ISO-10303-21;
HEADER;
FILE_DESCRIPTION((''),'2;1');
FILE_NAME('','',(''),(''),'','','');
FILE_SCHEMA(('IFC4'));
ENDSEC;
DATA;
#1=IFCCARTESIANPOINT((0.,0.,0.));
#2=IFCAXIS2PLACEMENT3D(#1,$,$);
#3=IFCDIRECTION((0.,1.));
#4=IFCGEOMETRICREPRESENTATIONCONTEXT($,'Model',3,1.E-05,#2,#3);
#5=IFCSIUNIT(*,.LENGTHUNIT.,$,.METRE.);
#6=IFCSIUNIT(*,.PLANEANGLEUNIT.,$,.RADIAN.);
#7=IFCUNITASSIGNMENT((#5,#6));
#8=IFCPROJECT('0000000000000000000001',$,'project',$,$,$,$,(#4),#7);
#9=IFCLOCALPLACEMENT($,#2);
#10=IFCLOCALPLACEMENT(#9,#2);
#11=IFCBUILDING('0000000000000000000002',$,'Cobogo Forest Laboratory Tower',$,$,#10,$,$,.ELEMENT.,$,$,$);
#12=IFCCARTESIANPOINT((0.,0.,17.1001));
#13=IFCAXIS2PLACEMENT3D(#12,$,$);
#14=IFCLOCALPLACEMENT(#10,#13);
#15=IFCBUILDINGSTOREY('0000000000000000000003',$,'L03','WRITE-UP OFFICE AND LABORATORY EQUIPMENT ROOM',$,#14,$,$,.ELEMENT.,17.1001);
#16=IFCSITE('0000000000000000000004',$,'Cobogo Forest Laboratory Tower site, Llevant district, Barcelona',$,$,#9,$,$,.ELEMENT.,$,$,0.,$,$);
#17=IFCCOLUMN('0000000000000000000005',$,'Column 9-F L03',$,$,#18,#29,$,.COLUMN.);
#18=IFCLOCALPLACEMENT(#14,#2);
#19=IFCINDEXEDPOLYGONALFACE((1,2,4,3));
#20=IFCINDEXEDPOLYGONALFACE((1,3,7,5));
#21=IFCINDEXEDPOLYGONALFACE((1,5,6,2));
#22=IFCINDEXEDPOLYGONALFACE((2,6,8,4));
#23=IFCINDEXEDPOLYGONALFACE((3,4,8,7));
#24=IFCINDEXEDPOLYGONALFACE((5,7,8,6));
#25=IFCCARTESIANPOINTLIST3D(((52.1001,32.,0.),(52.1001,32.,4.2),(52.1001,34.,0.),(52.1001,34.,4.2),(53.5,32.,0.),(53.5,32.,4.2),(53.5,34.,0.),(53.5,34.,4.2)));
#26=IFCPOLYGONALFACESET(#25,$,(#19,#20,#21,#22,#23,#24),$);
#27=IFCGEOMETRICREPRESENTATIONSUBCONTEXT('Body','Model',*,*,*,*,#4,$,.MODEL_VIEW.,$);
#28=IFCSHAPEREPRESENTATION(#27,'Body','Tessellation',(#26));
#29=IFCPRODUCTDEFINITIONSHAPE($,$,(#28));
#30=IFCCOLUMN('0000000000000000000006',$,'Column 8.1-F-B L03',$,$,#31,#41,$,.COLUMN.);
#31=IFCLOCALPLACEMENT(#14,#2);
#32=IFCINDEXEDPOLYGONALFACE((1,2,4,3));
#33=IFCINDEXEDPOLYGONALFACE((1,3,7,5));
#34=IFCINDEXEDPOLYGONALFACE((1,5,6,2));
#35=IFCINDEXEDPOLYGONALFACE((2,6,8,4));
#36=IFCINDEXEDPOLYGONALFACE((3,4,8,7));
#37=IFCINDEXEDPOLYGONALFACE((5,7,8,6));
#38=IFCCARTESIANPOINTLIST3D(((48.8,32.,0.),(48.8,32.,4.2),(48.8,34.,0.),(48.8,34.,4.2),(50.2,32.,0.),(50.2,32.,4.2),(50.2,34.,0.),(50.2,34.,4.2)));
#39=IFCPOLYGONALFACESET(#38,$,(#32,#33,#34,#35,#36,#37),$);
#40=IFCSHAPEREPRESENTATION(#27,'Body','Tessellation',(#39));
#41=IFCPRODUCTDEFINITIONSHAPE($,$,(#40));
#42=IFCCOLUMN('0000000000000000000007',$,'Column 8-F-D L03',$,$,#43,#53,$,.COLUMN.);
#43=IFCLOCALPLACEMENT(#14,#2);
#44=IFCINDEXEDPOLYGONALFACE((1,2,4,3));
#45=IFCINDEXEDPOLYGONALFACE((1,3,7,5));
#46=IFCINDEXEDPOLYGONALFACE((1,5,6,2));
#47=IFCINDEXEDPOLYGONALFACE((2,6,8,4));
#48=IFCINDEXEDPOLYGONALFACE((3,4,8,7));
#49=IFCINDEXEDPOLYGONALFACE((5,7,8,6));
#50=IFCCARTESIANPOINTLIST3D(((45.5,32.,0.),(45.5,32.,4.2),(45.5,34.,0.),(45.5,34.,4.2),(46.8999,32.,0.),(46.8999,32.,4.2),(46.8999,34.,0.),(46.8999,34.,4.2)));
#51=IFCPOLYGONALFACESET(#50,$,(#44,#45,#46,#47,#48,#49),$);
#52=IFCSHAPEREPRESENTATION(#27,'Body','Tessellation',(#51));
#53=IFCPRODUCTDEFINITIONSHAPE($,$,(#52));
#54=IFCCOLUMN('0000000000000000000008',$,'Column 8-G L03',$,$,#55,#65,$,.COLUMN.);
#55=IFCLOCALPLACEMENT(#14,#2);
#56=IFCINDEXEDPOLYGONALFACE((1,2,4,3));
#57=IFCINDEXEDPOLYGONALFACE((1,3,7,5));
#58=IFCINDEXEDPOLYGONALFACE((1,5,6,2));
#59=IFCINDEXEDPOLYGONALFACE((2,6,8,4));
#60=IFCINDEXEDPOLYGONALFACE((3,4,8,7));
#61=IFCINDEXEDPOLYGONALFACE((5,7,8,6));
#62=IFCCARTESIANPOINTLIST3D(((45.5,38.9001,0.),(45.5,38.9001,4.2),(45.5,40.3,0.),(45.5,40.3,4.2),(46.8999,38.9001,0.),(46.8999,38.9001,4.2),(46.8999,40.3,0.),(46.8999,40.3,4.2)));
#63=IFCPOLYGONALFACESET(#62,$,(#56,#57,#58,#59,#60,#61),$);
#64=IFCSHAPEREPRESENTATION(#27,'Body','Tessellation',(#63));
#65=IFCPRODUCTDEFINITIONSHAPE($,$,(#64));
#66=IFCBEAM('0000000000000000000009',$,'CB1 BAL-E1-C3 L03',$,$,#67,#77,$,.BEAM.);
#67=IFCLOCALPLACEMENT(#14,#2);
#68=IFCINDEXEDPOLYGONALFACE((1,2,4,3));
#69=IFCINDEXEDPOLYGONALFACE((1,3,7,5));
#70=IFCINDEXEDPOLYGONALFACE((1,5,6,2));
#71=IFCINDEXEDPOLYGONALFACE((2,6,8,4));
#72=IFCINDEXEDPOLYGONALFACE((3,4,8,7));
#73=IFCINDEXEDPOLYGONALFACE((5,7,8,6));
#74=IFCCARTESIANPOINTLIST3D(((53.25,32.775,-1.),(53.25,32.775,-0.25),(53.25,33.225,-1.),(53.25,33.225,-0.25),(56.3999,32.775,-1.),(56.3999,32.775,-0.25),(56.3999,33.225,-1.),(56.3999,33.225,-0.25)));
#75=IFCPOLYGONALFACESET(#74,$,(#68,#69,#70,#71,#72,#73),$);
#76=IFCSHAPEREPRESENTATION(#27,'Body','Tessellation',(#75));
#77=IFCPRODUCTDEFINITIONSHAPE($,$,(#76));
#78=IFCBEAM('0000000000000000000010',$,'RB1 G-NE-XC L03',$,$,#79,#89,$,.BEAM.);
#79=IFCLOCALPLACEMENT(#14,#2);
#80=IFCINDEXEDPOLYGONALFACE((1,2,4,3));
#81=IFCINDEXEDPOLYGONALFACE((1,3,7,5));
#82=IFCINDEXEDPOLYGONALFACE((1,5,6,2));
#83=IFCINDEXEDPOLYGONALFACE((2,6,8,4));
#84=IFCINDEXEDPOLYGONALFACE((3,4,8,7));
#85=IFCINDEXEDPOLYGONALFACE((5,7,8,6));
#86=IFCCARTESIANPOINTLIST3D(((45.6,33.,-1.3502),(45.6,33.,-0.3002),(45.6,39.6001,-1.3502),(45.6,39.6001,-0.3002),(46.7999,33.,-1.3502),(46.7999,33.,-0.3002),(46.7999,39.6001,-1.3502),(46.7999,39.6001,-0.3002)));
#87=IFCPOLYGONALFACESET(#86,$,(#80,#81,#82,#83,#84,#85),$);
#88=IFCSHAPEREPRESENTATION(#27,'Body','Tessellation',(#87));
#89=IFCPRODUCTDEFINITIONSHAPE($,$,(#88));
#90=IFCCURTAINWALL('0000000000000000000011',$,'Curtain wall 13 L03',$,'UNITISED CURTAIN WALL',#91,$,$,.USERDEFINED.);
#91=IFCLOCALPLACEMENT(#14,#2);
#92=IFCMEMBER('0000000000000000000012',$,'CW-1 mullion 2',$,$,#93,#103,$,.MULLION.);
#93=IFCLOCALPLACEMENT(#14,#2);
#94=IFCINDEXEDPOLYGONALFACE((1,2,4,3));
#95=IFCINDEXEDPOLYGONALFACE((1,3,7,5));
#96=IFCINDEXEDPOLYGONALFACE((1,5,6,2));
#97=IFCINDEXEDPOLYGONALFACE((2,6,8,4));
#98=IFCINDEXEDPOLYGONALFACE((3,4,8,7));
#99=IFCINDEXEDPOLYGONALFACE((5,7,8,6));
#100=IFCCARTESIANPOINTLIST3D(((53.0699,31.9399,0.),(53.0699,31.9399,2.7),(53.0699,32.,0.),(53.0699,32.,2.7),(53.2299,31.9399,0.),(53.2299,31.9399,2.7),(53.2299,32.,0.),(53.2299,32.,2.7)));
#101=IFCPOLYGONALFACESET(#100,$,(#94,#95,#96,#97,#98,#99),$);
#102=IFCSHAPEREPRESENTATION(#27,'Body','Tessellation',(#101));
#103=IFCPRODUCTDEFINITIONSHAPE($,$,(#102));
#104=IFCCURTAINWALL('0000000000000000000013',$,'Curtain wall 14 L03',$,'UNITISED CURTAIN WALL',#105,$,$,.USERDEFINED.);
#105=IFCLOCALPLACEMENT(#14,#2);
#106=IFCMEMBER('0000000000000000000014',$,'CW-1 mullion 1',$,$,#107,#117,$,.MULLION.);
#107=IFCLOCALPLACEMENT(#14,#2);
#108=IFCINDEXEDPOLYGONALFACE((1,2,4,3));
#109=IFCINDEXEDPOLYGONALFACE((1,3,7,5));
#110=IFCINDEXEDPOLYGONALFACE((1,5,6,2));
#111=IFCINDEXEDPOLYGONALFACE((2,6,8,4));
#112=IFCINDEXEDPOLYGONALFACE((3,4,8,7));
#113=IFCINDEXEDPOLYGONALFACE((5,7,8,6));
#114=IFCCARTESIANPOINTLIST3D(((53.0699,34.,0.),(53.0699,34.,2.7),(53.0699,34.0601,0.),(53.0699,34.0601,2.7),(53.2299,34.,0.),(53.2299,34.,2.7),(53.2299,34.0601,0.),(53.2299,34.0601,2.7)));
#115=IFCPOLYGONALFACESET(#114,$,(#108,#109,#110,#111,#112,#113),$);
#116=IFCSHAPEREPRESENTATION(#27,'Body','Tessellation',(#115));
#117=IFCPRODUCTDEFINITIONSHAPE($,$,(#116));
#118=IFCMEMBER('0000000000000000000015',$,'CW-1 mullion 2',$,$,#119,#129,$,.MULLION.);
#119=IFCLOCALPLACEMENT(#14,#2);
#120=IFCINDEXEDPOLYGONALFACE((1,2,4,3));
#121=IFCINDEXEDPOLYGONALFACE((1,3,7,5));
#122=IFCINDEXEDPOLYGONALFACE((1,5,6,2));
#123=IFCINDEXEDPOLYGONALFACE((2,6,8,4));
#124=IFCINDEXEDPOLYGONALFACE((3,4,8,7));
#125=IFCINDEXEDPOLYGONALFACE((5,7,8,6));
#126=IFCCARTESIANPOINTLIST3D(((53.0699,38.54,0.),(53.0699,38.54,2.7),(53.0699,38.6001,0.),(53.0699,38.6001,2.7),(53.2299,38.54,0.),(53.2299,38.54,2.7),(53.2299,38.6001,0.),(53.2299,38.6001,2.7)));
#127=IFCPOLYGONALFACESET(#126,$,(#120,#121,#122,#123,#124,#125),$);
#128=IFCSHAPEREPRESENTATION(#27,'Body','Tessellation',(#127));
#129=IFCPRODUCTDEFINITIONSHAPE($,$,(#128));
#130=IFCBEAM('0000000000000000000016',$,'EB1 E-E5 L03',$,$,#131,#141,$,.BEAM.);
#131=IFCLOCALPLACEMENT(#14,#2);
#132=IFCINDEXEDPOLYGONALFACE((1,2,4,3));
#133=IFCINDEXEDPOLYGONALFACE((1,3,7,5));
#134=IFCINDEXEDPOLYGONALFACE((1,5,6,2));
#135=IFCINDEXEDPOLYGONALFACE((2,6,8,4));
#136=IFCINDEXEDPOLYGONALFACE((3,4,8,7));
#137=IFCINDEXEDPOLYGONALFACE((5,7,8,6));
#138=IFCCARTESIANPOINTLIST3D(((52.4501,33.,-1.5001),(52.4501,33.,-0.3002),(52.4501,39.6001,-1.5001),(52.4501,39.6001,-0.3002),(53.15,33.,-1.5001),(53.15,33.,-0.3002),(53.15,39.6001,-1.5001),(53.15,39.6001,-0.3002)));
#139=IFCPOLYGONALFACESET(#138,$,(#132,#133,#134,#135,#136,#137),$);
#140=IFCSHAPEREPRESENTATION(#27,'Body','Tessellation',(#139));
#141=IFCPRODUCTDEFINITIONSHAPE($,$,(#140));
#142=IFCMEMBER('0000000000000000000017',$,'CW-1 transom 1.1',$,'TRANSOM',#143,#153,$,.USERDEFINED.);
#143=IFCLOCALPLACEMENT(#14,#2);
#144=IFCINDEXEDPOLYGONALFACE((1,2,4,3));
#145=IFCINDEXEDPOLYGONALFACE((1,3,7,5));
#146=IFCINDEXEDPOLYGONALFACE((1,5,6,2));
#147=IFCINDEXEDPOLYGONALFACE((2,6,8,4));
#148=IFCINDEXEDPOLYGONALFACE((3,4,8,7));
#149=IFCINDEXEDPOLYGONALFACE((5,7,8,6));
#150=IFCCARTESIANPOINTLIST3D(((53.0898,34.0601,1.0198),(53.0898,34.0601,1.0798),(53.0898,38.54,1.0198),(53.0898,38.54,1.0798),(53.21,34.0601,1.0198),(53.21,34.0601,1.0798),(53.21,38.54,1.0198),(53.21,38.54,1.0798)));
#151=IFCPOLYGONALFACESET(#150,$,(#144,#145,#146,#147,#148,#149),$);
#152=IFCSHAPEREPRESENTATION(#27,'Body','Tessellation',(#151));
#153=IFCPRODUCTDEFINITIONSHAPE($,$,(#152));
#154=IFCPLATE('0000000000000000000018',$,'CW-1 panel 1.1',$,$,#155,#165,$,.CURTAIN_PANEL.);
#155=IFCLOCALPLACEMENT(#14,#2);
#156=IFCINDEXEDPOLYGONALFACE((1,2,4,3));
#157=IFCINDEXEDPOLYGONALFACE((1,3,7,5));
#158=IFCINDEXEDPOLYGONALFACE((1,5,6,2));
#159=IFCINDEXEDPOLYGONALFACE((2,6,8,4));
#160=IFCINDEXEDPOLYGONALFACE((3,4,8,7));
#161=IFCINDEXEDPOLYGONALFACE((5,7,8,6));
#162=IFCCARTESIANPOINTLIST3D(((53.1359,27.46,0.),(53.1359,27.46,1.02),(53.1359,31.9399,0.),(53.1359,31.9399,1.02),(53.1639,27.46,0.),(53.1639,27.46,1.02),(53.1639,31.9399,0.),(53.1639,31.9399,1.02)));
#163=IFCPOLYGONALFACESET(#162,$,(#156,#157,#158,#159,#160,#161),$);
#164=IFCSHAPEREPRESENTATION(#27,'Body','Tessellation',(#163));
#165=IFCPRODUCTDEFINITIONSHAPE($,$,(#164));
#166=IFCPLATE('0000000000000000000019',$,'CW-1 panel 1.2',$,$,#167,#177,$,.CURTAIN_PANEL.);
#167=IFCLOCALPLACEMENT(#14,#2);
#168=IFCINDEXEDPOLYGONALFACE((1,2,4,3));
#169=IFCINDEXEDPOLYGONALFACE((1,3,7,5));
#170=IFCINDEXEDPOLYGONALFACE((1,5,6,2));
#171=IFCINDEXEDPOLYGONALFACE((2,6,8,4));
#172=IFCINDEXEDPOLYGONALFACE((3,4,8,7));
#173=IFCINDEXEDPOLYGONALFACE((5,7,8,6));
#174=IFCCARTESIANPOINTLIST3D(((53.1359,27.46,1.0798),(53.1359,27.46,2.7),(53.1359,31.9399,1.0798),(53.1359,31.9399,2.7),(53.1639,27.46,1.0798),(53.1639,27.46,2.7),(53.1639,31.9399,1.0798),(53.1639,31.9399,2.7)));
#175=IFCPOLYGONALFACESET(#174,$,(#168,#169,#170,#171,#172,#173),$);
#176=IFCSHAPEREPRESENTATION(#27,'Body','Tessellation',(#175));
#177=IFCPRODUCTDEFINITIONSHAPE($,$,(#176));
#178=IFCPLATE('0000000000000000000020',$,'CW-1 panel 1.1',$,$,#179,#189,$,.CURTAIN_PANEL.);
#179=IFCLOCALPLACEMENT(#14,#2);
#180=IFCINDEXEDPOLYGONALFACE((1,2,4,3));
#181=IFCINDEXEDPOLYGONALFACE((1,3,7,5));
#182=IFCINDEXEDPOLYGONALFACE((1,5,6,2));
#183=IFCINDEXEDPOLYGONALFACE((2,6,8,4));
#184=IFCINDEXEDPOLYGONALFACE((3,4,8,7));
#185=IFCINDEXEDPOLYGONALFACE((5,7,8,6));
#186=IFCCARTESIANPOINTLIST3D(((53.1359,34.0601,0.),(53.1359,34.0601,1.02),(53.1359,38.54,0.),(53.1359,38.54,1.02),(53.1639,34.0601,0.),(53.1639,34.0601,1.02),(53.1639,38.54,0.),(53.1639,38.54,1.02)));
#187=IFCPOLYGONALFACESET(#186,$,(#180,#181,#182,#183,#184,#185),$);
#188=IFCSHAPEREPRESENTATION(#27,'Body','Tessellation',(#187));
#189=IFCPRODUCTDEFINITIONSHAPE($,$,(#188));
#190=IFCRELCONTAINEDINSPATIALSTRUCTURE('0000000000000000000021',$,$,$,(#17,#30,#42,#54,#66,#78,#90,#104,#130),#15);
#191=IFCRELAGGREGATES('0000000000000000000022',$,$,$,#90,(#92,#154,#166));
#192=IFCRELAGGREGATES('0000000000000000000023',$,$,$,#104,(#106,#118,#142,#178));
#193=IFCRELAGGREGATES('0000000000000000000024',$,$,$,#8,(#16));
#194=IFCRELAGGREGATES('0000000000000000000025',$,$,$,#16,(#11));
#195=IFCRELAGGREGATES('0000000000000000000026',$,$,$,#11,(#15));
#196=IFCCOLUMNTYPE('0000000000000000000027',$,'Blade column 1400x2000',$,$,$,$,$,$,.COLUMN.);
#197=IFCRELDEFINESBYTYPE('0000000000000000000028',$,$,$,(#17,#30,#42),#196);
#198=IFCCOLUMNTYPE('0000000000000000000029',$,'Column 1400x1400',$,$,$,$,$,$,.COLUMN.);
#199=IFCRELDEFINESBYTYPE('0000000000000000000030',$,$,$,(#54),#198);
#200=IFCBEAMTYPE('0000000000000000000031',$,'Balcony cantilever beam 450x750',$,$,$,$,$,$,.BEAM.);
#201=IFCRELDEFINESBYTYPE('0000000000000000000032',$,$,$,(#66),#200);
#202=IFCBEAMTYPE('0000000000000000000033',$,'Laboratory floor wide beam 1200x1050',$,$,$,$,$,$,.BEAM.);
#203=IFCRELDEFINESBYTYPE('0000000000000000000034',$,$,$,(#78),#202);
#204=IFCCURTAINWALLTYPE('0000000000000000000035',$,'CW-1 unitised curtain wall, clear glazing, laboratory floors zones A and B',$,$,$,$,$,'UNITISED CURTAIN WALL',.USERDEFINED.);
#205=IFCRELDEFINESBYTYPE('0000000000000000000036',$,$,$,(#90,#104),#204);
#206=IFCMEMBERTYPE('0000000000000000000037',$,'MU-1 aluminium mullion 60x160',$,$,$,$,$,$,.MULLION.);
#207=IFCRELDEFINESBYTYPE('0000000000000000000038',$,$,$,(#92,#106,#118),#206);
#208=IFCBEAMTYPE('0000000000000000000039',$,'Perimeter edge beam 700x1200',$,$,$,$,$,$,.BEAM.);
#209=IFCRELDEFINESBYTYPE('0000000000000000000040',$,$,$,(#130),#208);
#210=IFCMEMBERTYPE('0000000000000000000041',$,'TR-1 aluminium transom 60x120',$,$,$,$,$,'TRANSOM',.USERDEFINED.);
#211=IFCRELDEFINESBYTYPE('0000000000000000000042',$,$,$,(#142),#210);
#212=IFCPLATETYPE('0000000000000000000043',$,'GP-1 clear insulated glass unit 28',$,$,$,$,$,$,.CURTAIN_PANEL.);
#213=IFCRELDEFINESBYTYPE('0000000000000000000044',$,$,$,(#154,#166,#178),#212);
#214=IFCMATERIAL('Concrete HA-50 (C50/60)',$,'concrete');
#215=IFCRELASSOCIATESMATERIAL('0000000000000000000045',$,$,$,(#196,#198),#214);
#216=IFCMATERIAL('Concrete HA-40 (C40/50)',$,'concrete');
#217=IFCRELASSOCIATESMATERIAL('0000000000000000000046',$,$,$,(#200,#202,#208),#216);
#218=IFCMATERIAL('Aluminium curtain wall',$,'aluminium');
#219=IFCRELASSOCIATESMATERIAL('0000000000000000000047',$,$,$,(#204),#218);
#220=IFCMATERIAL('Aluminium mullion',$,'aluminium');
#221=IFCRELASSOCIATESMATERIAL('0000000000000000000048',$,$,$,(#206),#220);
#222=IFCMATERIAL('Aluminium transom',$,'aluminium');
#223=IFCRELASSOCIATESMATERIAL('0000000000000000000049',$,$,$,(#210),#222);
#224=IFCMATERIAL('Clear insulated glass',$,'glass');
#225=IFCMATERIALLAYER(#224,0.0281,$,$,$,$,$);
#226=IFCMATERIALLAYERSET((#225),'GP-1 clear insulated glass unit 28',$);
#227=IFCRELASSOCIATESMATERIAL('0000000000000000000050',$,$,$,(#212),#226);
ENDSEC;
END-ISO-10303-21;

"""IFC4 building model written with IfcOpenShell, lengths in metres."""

from ifc_helpers import new_model, si_unit, direction, frame, origin, origin_2d, place, context, subcontext, project, spatial, rectangle, extrude, material, layer, layer_set, material_profile, profile_set, type_object, element, aggregate, save


model = new_model("IFC4")

# Units and contexts
model_context = context("Model", 3, precision=1e-05, world=origin(), true_north=direction((0.0, 1.0)))
body_context = subcontext(model_context, "Body", "Model", "MODEL_VIEW")
ifc_project = project(units=[si_unit("LENGTHUNIT", "METRE"), si_unit("PLANEANGLEUNIT", "RADIAN")], contexts=[model_context])

# Site, building, storey
site_placement = place(None, origin())
site = spatial("IfcSite", under=ifc_project, at=site_placement, Name="Cobogo Forest Laboratory Tower site, Llevant district, Barcelona", CompositionType="ELEMENT", RefElevation=0.0)
building_placement = place(site_placement, origin())
building = spatial("IfcBuilding", under=site, at=building_placement, Name="Cobogo Forest Laboratory Tower", CompositionType="ELEMENT")
storey_placement = place(building_placement, frame((0.0, 0.0, 17.1001)))
storey = spatial("IfcBuildingStorey", under=building, at=storey_placement, Name="L03", Description="WRITE-UP OFFICE AND LABORATORY EQUIPMENT ROOM", CompositionType="ELEMENT", Elevation=17.1001)

# Columns
ifc_material_1 = material(Name="Concrete HA-50 (C50/60)", Category="concrete")
ifc_material_profile_1 = material_profile(ifc_material_1, rectangle(XDim=2.0, YDim=1.3999, at=origin_2d()), Name="RC 1400x2000")
ifc_profile_set_1 = profile_set([ifc_material_profile_1], Name="Concrete HA-50 (C50/60)")
column_type_1 = type_object("IfcColumnType", Name="Blade column 1400x2000", PredefinedType="COLUMN", material=ifc_profile_set_1)
for number, where, z_axis, x_axis, name in (
    (1, (52.8, 33.0, 0.0), (0.0, 0.0, 1.0), (0.0, 1.0, 0.0), "Column 9-F L03"),
    (2, (49.5, 33.0, 0.0), (0.0, 0.0, 1.0), (0.0, 1.0, 0.0), "Column 8.1-F-B L03"),
    (3, (46.2, 33.0, 0.0), (0.0, 0.0, 1.0), (0.0, 1.0, 0.0), "Column 8-F-D L03"),
):
    element("IfcColumn", number, at=place(storey_placement, frame(where, z_axis=z_axis, x_axis=x_axis)), inside=storey, type_object=column_type_1, Name=name, PredefinedType="COLUMN", context=body_context, shape_type="SweptSolid", body=[
        extrude(rectangle(XDim=2.0, YDim=1.3999, at=origin_2d()), origin(), (0.0, 0.0, 1.0), 4.2),
    ])
ifc_material_profile_2 = material_profile(ifc_material_1, rectangle(XDim=1.3999, YDim=1.3999, at=origin_2d()), Name="RC 1400x1400")
ifc_profile_set_2 = profile_set([ifc_material_profile_2], Name="Concrete HA-50 (C50/60)")
column_type_2 = type_object("IfcColumnType", Name="Column 1400x1400", PredefinedType="COLUMN", material=ifc_profile_set_2)
column_placement = place(storey_placement, frame((46.2, 39.6001, 0.0), z_axis=(0.0, 0.0, 1.0), x_axis=(1.0, 0.0, 0.0)))
element("IfcColumn", 4, at=column_placement, inside=storey, type_object=column_type_2, Name="Column 8-G L03", PredefinedType="COLUMN", context=body_context, shape_type="SweptSolid", body=[
    extrude(rectangle(XDim=1.3999, YDim=1.3999, at=origin_2d()), origin(), (0.0, 0.0, 1.0), 4.2),
])

# Beams
ifc_material_2 = material(Name="Concrete HA-40 (C40/50)", Category="concrete")
ifc_material_profile_3 = material_profile(ifc_material_2, rectangle(XDim=0.45, YDim=0.75, at=origin_2d()), Name="RC 450x750")
ifc_profile_set_3 = profile_set([ifc_material_profile_3], Name="Concrete HA-40 (C40/50)")
beam_type_1 = type_object("IfcBeamType", Name="Balcony cantilever beam 450x750", PredefinedType="BEAM", material=ifc_profile_set_3)
beam_1_placement = place(storey_placement, frame((53.25, 33.0, -0.625), z_axis=(1.0, 0.0, 0.0), x_axis=(0.0, 1.0, 0.0)))
element("IfcBeam", 5, at=beam_1_placement, inside=storey, type_object=beam_type_1, Name="CB1 BAL-E1-C3 L03", PredefinedType="BEAM", context=body_context, shape_type="SweptSolid", body=[
    extrude(rectangle(XDim=0.45, YDim=0.75, at=origin_2d()), origin(), (0.0, 0.0, 1.0), 3.1499),
])
ifc_material_profile_4 = material_profile(ifc_material_2, rectangle(XDim=1.2, YDim=1.05, at=origin_2d()), Name="RC 1200x1050")
ifc_profile_set_4 = profile_set([ifc_material_profile_4], Name="Concrete HA-40 (C40/50)")
beam_type_2 = type_object("IfcBeamType", Name="Laboratory floor wide beam 1200x1050", PredefinedType="BEAM", material=ifc_profile_set_4)
beam_2_placement = place(storey_placement, frame((46.2, 39.6001, -0.8252), z_axis=(0.0, -1.0, 0.0), x_axis=(1.0, 0.0, 0.0)))
element("IfcBeam", 6, at=beam_2_placement, inside=storey, type_object=beam_type_2, Name="RB1 G-NE-XC L03", PredefinedType="BEAM", context=body_context, shape_type="SweptSolid", body=[
    extrude(rectangle(XDim=1.2, YDim=1.05, at=origin_2d()), origin(), (0.0, 0.0, 1.0), 6.6001),
])

# Curtain wall, member
ifc_material_3 = material(Name="Aluminium curtain wall", Category="aluminium")
curtain_wall_type = type_object("IfcCurtainWallType", Name="CW-1 unitised curtain wall, clear glazing, laboratory floors zones A and B", ElementType="UNITISED CURTAIN WALL", PredefinedType="USERDEFINED", material=ifc_material_3)
curtain_wall_1_placement = place(storey_placement, origin())
curtain_wall_1 = element("IfcCurtainWall", 7, at=curtain_wall_1_placement, inside=storey, type_object=curtain_wall_type, Name="Curtain wall 13 L03", ObjectType="UNITISED CURTAIN WALL", PredefinedType="USERDEFINED")
ifc_material_4 = material(Name="Aluminium mullion", Category="aluminium")
ifc_material_profile_5 = material_profile(ifc_material_4, rectangle(XDim=0.0601, YDim=0.1599, at=origin_2d()), Name="AL 60x160")
ifc_profile_set_5 = profile_set([ifc_material_profile_5], Name="Aluminium mullion")
member_type_1 = type_object("IfcMemberType", Name="MU-1 aluminium mullion 60x160", PredefinedType="MULLION", material=ifc_profile_set_5)
member_1_placement = place(storey_placement, frame((53.1499, 31.97, 0.0), z_axis=(0.0, 0.0, 1.0), x_axis=(0.0, 1.0, 0.0)))
member_1 = element("IfcMember", 8, at=member_1_placement, type_object=member_type_1, Name="CW-1 mullion 2", PredefinedType="MULLION", context=body_context, shape_type="SweptSolid", body=[
    extrude(rectangle(XDim=0.0601, YDim=0.1599, at=origin_2d()), origin(), (0.0, 0.0, 1.0), 2.7),
])

# Curtain wall, members
curtain_wall_2_placement = place(storey_placement, origin())
curtain_wall_2 = element("IfcCurtainWall", 9, at=curtain_wall_2_placement, inside=storey, type_object=curtain_wall_type, Name="Curtain wall 14 L03", ObjectType="UNITISED CURTAIN WALL", PredefinedType="USERDEFINED")
member_2_placement = place(storey_placement, frame((53.1499, 34.03, 0.0), z_axis=(0.0, 0.0, 1.0), x_axis=(0.0, 1.0, 0.0)))
member_2 = element("IfcMember", 10, at=member_2_placement, type_object=member_type_1, Name="CW-1 mullion 1", PredefinedType="MULLION", context=body_context, shape_type="SweptSolid", body=[
    extrude(rectangle(XDim=0.0601, YDim=0.1599, at=origin_2d()), origin(), (0.0, 0.0, 1.0), 2.7),
])
member_3_placement = place(storey_placement, frame((53.1499, 38.5701, 0.0), z_axis=(0.0, 0.0, 1.0), x_axis=(0.0, 1.0, 0.0)))
member_3 = element("IfcMember", 11, at=member_3_placement, type_object=member_type_1, Name="CW-1 mullion 2", PredefinedType="MULLION", context=body_context, shape_type="SweptSolid", body=[
    extrude(rectangle(XDim=0.0601, YDim=0.1599, at=origin_2d()), origin(), (0.0, 0.0, 1.0), 2.7),
])

# Beam
ifc_material_profile_6 = material_profile(ifc_material_2, rectangle(XDim=0.7, YDim=1.2, at=origin_2d()), Name="RC 700x1200")
ifc_profile_set_6 = profile_set([ifc_material_profile_6], Name="Concrete HA-40 (C40/50)")
beam_type_3 = type_object("IfcBeamType", Name="Perimeter edge beam 700x1200", PredefinedType="BEAM", material=ifc_profile_set_6)
beam_3_placement = place(storey_placement, frame((52.8, 33.0, -0.9001), z_axis=(0.0, 1.0, 0.0), x_axis=(-1.0, 0.0, 0.0)))
element("IfcBeam", 12, at=beam_3_placement, inside=storey, type_object=beam_type_3, Name="EB1 E-E5 L03", PredefinedType="BEAM", context=body_context, shape_type="SweptSolid", body=[
    extrude(rectangle(XDim=0.7, YDim=1.2, at=origin_2d()), origin(), (0.0, 0.0, 1.0), 6.6001),
])

# Member
ifc_material_5 = material(Name="Aluminium transom", Category="aluminium")
ifc_material_profile_7 = material_profile(ifc_material_5, rectangle(XDim=0.1201, YDim=0.0601, at=origin_2d()), Name="AL 60x120")
ifc_profile_set_7 = profile_set([ifc_material_profile_7], Name="Aluminium transom")
member_type_2 = type_object("IfcMemberType", Name="TR-1 aluminium transom 60x120", ElementType="TRANSOM", PredefinedType="USERDEFINED", material=ifc_profile_set_7)
member_4_placement = place(storey_placement, frame((53.1499, 34.0601, 1.0498), z_axis=(0.0, 1.0, 0.0), x_axis=(-1.0, 0.0, 0.0)))
member_4 = element("IfcMember", 13, at=member_4_placement, type_object=member_type_2, Name="CW-1 transom 1.1", ObjectType="TRANSOM", PredefinedType="USERDEFINED", context=body_context, shape_type="SweptSolid", body=[
    extrude(rectangle(XDim=0.1201, YDim=0.0601, at=origin_2d()), origin(), (0.0, 0.0, 1.0), 4.48),
])

# Plates
ifc_material_6 = material(Name="Clear insulated glass", Category="glass")
ifc_layer_1 = layer(ifc_material_6, 0.0281)
ifc_layer_set_1 = layer_set([ifc_layer_1], Name="GP-1 clear insulated glass unit 28")
plate_type_1 = type_object("IfcPlateType", Name="GP-1 clear insulated glass unit 28", PredefinedType="CURTAIN_PANEL", material=ifc_layer_set_1)
plate_1_placement = place(storey_placement, frame((53.1499, 29.7, 0.0), z_axis=(0.0, 0.0, 1.0), x_axis=(0.0, 1.0, 0.0)))
plate_1 = element("IfcPlate", 14, at=plate_1_placement, type_object=plate_type_1, Name="CW-1 panel 1.1", PredefinedType="CURTAIN_PANEL", context=body_context, shape_type="SweptSolid", body=[
    extrude(rectangle(XDim=4.48, YDim=0.0281, at=origin_2d()), origin(), (0.0, 0.0, 1.0), 1.02),
])
plate_2_placement = place(storey_placement, frame((53.1499, 29.7, 1.0798), z_axis=(0.0, 0.0, 1.0), x_axis=(0.0, 1.0, 0.0)))
plate_2 = element("IfcPlate", 15, at=plate_2_placement, type_object=plate_type_1, Name="CW-1 panel 1.2", PredefinedType="CURTAIN_PANEL", context=body_context, shape_type="SweptSolid", body=[
    extrude(rectangle(XDim=4.48, YDim=0.0281, at=origin_2d()), origin(), (0.0, 0.0, 1.0), 1.6201),
])
aggregate(curtain_wall_1, [member_1, plate_1, plate_2])
plate_3_placement = place(storey_placement, frame((53.1499, 36.3, 0.0), z_axis=(0.0, 0.0, 1.0), x_axis=(0.0, 1.0, 0.0)))
plate_3 = element("IfcPlate", 16, at=plate_3_placement, type_object=plate_type_1, Name="CW-1 panel 1.1", PredefinedType="CURTAIN_PANEL", context=body_context, shape_type="SweptSolid", body=[
    extrude(rectangle(XDim=4.48, YDim=0.0281, at=origin_2d()), origin(), (0.0, 0.0, 1.0), 1.02),
])
aggregate(curtain_wall_2, [member_2, member_3, member_4, plate_3])

save(model, "model.ifc")
